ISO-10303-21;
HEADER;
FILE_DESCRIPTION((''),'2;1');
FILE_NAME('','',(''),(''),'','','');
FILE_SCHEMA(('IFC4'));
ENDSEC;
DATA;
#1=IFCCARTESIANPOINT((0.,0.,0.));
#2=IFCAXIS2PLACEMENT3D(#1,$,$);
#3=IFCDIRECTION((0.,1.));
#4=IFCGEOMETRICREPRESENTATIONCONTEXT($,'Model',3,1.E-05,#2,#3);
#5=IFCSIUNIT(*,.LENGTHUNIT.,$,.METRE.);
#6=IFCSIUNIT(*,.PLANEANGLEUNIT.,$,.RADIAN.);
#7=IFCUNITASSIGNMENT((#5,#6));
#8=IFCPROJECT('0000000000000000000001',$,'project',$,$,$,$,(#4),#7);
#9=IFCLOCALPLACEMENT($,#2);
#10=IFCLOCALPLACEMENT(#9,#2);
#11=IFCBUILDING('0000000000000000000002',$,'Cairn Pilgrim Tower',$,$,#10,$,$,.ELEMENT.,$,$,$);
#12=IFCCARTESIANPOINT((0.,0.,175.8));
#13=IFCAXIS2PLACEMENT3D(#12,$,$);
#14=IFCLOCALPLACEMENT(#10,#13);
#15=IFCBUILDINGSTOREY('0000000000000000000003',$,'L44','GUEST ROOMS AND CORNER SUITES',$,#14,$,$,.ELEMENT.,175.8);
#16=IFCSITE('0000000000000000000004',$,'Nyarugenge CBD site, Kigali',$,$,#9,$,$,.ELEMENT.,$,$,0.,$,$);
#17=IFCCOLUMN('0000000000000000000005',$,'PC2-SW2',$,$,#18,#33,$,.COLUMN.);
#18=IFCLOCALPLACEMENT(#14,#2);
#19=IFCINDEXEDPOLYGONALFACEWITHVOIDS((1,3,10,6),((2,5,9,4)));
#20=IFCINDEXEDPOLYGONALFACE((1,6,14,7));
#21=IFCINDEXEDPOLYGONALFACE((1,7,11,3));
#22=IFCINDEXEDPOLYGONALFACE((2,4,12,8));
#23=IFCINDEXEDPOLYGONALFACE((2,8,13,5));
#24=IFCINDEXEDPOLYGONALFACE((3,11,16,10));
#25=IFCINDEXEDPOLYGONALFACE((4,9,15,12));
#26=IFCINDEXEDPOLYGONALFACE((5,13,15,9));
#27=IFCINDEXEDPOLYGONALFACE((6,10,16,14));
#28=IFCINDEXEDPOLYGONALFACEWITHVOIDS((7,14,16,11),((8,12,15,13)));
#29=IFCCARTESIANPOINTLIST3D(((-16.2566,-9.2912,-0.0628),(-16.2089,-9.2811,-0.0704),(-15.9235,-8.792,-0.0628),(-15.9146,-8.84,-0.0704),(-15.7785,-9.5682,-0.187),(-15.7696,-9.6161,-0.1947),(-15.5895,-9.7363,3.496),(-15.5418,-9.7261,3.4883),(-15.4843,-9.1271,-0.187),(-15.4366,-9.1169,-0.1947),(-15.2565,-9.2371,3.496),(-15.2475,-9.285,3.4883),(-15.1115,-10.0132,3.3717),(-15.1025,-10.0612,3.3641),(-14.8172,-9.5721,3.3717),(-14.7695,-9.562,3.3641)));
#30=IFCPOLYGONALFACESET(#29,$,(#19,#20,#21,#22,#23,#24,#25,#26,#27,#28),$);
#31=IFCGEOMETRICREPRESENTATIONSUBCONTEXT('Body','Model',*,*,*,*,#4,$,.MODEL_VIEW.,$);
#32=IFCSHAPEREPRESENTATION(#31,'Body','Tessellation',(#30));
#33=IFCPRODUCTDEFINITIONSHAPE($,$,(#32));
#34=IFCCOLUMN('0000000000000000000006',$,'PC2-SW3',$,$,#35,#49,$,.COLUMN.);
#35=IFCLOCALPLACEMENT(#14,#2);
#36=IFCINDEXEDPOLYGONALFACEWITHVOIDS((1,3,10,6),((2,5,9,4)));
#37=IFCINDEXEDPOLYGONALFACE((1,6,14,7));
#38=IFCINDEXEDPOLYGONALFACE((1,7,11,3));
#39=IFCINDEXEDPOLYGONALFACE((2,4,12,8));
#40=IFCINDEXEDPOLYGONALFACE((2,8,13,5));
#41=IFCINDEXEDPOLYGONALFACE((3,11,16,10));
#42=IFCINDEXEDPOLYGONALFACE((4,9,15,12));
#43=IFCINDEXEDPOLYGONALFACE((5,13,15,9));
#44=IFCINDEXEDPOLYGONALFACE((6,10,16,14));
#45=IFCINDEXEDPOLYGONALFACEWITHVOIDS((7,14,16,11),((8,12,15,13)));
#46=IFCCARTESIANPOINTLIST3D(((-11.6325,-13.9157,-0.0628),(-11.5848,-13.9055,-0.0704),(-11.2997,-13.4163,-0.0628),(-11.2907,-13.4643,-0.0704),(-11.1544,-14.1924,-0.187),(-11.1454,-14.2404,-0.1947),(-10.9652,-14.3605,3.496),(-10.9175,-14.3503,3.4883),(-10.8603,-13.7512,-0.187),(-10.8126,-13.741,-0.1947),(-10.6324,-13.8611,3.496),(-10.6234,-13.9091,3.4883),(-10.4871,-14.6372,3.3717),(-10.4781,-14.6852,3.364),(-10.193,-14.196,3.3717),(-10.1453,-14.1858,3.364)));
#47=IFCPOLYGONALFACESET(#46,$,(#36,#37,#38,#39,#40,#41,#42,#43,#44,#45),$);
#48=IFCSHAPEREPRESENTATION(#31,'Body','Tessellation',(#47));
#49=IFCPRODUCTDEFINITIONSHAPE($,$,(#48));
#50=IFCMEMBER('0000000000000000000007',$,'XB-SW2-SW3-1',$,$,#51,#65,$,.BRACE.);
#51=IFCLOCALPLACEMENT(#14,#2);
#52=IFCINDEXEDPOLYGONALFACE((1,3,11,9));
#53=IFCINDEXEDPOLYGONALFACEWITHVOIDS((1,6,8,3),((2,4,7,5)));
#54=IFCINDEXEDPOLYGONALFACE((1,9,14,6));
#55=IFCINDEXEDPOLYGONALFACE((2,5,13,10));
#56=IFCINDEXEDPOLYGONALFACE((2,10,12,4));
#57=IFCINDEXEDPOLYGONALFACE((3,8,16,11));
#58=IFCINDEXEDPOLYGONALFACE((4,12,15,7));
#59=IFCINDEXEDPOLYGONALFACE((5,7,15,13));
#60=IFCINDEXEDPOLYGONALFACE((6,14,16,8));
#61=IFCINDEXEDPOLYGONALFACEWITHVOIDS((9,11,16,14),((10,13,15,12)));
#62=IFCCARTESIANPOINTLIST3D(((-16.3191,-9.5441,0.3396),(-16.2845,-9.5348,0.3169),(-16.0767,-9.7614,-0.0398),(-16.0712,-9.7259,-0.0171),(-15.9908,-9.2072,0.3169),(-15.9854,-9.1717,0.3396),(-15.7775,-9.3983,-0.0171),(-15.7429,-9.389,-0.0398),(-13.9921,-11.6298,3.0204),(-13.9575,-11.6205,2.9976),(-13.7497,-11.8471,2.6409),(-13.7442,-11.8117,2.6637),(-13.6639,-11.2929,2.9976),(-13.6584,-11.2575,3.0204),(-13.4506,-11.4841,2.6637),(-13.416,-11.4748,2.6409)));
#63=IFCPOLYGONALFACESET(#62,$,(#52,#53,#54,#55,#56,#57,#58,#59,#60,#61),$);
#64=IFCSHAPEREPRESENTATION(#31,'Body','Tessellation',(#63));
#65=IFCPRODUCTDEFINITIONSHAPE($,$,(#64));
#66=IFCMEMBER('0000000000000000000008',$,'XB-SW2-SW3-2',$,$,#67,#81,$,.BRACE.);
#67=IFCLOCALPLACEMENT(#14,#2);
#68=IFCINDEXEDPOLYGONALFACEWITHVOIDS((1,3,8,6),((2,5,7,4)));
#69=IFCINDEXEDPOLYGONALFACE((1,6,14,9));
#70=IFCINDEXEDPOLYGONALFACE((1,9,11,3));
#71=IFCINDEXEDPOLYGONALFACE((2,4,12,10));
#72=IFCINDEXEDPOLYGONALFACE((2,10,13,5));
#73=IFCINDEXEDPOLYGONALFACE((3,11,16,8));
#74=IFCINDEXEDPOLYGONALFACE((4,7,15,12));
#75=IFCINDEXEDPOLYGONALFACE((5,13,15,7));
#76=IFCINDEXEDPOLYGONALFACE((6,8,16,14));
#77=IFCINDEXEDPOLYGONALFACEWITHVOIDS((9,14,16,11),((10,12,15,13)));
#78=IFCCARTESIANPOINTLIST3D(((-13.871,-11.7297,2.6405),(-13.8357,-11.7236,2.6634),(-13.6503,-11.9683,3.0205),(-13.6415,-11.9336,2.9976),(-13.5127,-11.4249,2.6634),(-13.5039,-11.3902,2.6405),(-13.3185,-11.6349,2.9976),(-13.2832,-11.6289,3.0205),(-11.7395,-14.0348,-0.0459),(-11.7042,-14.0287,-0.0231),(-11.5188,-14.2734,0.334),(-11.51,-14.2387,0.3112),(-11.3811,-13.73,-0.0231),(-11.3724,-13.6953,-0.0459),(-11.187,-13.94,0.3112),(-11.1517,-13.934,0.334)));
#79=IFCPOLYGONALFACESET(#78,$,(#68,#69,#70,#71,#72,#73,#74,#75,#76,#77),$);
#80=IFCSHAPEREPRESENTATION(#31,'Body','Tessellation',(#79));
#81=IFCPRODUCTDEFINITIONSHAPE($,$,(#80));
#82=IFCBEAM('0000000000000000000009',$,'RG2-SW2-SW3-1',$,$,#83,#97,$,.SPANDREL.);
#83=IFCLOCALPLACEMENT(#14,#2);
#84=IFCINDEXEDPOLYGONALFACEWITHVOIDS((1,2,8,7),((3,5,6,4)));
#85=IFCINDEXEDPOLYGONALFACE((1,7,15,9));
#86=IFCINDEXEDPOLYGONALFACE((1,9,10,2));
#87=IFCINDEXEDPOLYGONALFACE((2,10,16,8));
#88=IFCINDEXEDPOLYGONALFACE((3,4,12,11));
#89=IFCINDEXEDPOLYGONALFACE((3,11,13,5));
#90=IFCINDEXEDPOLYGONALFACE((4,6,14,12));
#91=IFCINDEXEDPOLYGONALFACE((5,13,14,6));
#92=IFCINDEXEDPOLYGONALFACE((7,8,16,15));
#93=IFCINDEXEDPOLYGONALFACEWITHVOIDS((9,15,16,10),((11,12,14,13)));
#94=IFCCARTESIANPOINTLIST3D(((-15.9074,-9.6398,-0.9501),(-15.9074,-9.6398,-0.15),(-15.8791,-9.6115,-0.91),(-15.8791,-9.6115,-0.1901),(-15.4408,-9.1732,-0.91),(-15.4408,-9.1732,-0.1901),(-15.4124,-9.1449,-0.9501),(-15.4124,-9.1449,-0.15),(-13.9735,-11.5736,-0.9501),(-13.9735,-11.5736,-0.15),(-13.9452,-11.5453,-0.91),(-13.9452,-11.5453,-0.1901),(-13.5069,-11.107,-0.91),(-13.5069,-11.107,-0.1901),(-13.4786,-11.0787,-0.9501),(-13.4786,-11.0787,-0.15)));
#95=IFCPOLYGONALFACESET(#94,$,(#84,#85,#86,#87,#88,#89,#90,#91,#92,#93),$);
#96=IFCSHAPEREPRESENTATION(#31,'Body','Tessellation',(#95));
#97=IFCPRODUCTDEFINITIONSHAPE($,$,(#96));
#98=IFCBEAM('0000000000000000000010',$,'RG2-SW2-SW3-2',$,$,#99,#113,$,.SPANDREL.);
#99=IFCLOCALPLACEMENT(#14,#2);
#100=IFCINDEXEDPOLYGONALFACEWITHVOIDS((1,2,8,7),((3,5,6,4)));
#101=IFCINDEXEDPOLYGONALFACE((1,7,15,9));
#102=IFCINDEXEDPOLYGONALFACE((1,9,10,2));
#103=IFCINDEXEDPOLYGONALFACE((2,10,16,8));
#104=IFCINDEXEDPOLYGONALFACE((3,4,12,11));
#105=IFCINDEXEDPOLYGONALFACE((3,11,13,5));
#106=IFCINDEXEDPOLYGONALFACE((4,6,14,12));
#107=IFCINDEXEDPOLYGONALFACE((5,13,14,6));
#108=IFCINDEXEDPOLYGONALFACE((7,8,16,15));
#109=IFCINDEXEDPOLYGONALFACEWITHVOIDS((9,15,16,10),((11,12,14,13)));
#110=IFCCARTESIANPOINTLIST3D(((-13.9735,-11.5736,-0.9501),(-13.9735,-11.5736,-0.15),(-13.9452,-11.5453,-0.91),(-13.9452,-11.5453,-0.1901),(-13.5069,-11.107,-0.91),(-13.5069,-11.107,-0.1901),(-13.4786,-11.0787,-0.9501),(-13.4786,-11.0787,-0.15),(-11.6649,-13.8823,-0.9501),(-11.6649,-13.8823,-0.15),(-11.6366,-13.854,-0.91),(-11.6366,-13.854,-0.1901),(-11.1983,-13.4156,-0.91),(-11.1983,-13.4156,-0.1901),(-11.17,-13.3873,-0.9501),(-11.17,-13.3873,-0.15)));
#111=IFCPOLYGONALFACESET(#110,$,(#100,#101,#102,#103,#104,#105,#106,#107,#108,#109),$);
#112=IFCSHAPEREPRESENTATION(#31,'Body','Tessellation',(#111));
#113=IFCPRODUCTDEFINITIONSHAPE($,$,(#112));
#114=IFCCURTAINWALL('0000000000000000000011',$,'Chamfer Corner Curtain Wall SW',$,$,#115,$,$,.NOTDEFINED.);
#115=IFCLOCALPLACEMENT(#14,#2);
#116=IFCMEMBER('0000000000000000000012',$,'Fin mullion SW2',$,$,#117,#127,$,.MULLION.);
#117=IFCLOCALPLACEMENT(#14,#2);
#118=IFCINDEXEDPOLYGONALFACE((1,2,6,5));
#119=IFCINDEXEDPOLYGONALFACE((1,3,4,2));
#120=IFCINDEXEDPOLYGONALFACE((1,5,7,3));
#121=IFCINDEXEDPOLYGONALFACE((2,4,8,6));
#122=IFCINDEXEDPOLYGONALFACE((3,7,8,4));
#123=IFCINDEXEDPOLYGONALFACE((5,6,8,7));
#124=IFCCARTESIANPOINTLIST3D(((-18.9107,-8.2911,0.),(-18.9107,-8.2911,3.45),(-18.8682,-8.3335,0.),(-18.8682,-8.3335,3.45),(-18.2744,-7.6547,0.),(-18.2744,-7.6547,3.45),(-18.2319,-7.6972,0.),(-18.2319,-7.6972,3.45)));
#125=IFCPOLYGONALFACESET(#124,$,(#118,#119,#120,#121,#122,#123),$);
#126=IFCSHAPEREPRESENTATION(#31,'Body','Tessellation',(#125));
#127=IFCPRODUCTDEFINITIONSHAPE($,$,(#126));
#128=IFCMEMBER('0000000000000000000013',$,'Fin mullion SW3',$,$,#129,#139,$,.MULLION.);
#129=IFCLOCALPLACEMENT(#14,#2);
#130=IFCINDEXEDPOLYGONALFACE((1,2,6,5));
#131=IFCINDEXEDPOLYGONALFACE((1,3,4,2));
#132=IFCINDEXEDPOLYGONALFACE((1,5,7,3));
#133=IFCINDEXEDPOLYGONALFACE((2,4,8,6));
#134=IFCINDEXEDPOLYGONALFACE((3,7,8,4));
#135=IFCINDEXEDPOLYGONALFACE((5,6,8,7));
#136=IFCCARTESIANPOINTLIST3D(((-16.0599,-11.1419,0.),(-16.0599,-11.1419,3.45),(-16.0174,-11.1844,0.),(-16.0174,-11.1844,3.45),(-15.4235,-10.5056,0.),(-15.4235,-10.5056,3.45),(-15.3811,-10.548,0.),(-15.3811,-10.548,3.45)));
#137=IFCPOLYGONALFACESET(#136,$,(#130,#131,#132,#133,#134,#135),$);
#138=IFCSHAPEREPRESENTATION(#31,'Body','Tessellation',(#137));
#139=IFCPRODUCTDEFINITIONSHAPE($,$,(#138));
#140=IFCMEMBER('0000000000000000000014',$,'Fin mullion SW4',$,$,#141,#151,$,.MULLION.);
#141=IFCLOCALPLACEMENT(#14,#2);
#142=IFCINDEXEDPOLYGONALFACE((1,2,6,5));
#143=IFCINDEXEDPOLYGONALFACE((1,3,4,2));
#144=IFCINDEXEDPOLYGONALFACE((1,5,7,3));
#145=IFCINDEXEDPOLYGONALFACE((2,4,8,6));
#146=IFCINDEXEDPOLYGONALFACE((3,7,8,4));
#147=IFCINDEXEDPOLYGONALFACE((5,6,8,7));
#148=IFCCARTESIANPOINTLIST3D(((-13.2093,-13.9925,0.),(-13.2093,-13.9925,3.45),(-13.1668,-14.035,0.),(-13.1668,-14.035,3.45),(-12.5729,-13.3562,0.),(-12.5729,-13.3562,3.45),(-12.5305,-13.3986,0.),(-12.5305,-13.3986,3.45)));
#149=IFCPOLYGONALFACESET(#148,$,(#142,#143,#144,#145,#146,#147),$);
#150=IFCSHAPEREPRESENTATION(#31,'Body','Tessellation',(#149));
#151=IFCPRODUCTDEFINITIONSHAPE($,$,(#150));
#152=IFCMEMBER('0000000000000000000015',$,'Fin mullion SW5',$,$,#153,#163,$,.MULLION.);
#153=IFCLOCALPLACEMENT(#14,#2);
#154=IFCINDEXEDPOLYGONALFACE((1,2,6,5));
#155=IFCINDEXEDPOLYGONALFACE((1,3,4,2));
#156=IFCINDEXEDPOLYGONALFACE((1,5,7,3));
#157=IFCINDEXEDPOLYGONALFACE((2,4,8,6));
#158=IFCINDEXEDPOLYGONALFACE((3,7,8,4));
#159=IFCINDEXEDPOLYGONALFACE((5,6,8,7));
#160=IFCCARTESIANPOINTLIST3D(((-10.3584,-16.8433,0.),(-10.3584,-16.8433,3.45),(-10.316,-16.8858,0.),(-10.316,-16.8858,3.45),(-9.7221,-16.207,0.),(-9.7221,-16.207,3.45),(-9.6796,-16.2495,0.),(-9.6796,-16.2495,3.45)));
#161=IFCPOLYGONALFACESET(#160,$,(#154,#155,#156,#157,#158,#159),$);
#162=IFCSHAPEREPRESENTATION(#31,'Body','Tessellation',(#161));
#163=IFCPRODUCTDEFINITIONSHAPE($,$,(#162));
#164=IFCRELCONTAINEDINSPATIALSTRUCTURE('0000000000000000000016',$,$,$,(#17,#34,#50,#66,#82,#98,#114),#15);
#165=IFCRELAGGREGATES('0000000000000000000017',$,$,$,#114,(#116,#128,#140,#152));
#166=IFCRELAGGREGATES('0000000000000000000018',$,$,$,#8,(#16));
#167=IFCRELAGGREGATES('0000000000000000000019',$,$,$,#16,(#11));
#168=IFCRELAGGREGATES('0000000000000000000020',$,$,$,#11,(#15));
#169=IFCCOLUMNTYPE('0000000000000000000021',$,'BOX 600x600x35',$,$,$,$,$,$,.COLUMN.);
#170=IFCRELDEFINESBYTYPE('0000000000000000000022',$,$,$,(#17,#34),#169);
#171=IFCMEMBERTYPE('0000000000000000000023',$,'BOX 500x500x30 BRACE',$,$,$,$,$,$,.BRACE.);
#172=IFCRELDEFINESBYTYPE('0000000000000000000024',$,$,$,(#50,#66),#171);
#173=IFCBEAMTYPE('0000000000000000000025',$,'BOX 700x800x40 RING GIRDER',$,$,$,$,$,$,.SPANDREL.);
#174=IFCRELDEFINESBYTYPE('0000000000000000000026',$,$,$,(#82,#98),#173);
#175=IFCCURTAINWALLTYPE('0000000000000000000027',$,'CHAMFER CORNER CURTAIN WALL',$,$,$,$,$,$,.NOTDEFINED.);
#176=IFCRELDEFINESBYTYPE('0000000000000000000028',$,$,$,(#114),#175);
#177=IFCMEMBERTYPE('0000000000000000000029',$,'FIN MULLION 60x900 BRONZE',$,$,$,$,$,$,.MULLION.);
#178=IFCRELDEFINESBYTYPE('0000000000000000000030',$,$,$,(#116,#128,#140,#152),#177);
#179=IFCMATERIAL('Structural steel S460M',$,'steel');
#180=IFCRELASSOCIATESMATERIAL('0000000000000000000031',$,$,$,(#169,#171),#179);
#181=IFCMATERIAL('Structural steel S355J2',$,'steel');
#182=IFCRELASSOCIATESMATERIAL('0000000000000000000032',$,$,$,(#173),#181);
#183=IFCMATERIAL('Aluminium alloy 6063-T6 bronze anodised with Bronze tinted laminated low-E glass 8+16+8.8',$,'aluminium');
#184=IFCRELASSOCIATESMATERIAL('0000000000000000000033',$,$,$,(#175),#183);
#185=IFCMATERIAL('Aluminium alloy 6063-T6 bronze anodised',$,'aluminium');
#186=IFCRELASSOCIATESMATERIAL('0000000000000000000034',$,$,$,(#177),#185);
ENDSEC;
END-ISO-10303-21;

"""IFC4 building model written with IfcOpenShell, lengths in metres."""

from ifc_helpers import new_model, si_unit, direction, frame, origin, origin_2d, place, context, subcontext, project, spatial, rectangle, hollow_rectangle, extrude, clip, halfspace, material, material_profile, profile_set, type_object, element, aggregate, save


model = new_model("IFC4")

# Units and contexts
model_context = context("Model", 3, precision=1e-05, world=origin(), true_north=direction((0.0, 1.0)))
body_context = subcontext(model_context, "Body", "Model", "MODEL_VIEW")
ifc_project = project(units=[si_unit("LENGTHUNIT", "METRE"), si_unit("PLANEANGLEUNIT", "RADIAN")], contexts=[model_context])

# Site, building, storey
site_placement = place(None, origin())
site = spatial("IfcSite", under=ifc_project, at=site_placement, Name="Nyarugenge CBD site, Kigali", CompositionType="ELEMENT", RefElevation=0.0)
building_placement = place(site_placement, origin())
building = spatial("IfcBuilding", under=site, at=building_placement, Name="Cairn Pilgrim Tower", CompositionType="ELEMENT")
storey_placement = place(building_placement, frame((0.0, 0.0, 175.8)))
storey = spatial("IfcBuildingStorey", under=building, at=storey_placement, Name="L44", Description="GUEST ROOMS AND CORNER SUITES", CompositionType="ELEMENT", Elevation=175.8)

# Columns
ifc_material_1 = material(Name="Structural steel S460M", Category="steel")
ifc_material_profile_1 = material_profile(ifc_material_1, hollow_rectangle(XDim=0.6001, YDim=0.6001, WallThickness=0.0349, at=origin_2d()), Name="BOX 600x600x35")
ifc_profile_set_1 = profile_set([ifc_material_profile_1], Name="Structural steel S460M")
column_type = type_object("IfcColumnType", Name="BOX 600x600x35", PredefinedType="COLUMN", material=ifc_profile_set_1)
for number, where, z_axis, x_axis, name in (
    (1, (-15.8506, -9.2014, -0.1501), (0.182856, -0.121992, 0.975542), (0.554978, 0.831865, 0.0), "PC2-SW2"),
    (2, (-11.2266, -13.8257, -0.1501), (0.182922, -0.121926, 0.975538), (0.554631, 0.832097, 0.0), "PC2-SW3"),
):
    element("IfcColumn", number, at=place(storey_placement, frame(where, z_axis=z_axis, x_axis=x_axis)), inside=storey, type_object=column_type, Name=name, PredefinedType="COLUMN", context=body_context, shape_type="Clipping", body=[
        clip(clip(extrude(hollow_rectangle(XDim=0.6001, YDim=0.6001, WallThickness=0.0349, at=origin_2d()), origin(), (0.0, 0.0, 1.0), 3.6904), halfspace(frame((0.0, 0.0, 0.022), z_axis=(0.0, 0.0, 1.0), x_axis=(1.0, 0.0, 0.0)), True)), halfspace(frame((0.0, 0.0, 3.6699), z_axis=(0.0, 0.0, 1.0), x_axis=(1.0, 0.0, 0.0)), False)),
    ])

# Members
ifc_material_profile_2 = material_profile(ifc_material_1, hollow_rectangle(XDim=0.5, YDim=0.5, WallThickness=0.03, at=origin_2d()), Name="BOX 500x500x30")
ifc_profile_set_2 = profile_set([ifc_material_profile_2], Name="Structural steel S460M")
member_type_1 = type_object("IfcMemberType", Name="BOX 500x500x30 BRACE", PredefinedType="BRACE", material=ifc_profile_set_2)
member_1_placement = place(storey_placement, frame((-16.031, -9.4666, 0.1499), z_axis=(0.56518, -0.506592, 0.651104), x_axis=(0.667457, 0.744648, 0.0)))
element("IfcMember", 3, at=member_1_placement, inside=storey, type_object=member_type_1, Name="XB-SW2-SW3-1", PredefinedType="BRACE", context=body_context, shape_type="SweptSolid", body=[
    extrude(hollow_rectangle(XDim=0.5, YDim=0.5, WallThickness=0.03, at=origin_2d()), origin(), (0.0, 0.0, 1.0), 4.1172),
])
member_2_placement = place(storey_placement, frame((-11.4456, -13.9844, 0.144), z_axis=(-0.515851, 0.557859, 0.650146), x_axis=(-0.73421, -0.678923, 0.0)))
element("IfcMember", 4, at=member_2_placement, inside=storey, type_object=member_type_1, Name="XB-SW2-SW3-2", PredefinedType="BRACE", context=body_context, shape_type="SweptSolid", body=[
    extrude(hollow_rectangle(XDim=0.5, YDim=0.5, WallThickness=0.03, at=origin_2d()), origin(), (0.0, 0.0, 1.0), 4.1321),
])

# Beams
ifc_material_2 = material(Name="Structural steel S355J2", Category="steel")
ifc_material_profile_3 = material_profile(ifc_material_2, hollow_rectangle(XDim=0.7, YDim=0.8, WallThickness=0.04, at=origin_2d()), Name="BOX 700x800x40")
ifc_profile_set_3 = profile_set([ifc_material_profile_3], Name="Structural steel S355J2")
beam_type_1 = type_object("IfcBeamType", Name="BOX 700x800x40 RING GIRDER", PredefinedType="SPANDREL", material=ifc_profile_set_3)
beam_1_placement = place(storey_placement, frame((-15.6599, -9.3923, -0.55), z_axis=(0.707107, -0.707107, 0.0), x_axis=(0.707107, 0.707107, 0.0)))
element("IfcBeam", 5, at=beam_1_placement, inside=storey, type_object=beam_type_1, Name="RG2-SW2-SW3-1", PredefinedType="SPANDREL", context=body_context, shape_type="SweptSolid", body=[
    extrude(hollow_rectangle(XDim=0.7, YDim=0.8, WallThickness=0.04, at=origin_2d()), origin(), (0.0, 0.0, 1.0), 2.7349),
])
beam_2_placement = place(storey_placement, frame((-13.7261, -11.3262, -0.55), z_axis=(0.707107, -0.707107, 0.0), x_axis=(0.707107, 0.707107, 0.0)))
element("IfcBeam", 6, at=beam_2_placement, inside=storey, type_object=beam_type_1, Name="RG2-SW2-SW3-2", PredefinedType="SPANDREL", context=body_context, shape_type="SweptSolid", body=[
    extrude(hollow_rectangle(XDim=0.7, YDim=0.8, WallThickness=0.04, at=origin_2d()), origin(), (0.0, 0.0, 1.0), 3.2649),
])

# Curtain wall, members
ifc_material_3 = material(Name="Aluminium alloy 6063-T6 bronze anodised with Bronze tinted laminated low-E glass 8+16+8.8", Category="aluminium")
curtain_wall_type = type_object("IfcCurtainWallType", Name="CHAMFER CORNER CURTAIN WALL", PredefinedType="NOTDEFINED", material=ifc_material_3)
curtain_wall_placement = place(storey_placement, origin())
curtain_wall = element("IfcCurtainWall", 7, at=curtain_wall_placement, inside=storey, type_object=curtain_wall_type, Name="Chamfer Corner Curtain Wall SW", PredefinedType="NOTDEFINED")
ifc_material_4 = material(Name="Aluminium alloy 6063-T6 bronze anodised", Category="aluminium")
ifc_material_profile_4 = material_profile(ifc_material_4, rectangle(XDim=0.8999, YDim=0.0601, at=origin_2d()), Name="FIN MULLION 60x900 BRONZE")
ifc_profile_set_4 = profile_set([ifc_material_profile_4], Name="Aluminium alloy 6063-T6 bronze anodised")
member_type_2 = type_object("IfcMemberType", Name="FIN MULLION 60x900 BRONZE", PredefinedType="MULLION", material=ifc_profile_set_4)
member_3_placement = place(storey_placement, frame((-18.5713, -7.9941, 0.0), z_axis=(0.0, 0.0, 1.0), x_axis=(-0.707107, -0.707107, 0.0)))
member_3 = element("IfcMember", 8, at=member_3_placement, type_object=member_type_2, Name="Fin mullion SW2", PredefinedType="MULLION", context=body_context, shape_type="SweptSolid", body=[
    extrude(rectangle(XDim=0.8999, YDim=0.0601, at=origin_2d()), origin(), (0.0, 0.0, 1.0), 3.45),
])
member_4_placement = place(storey_placement, frame((-15.7205, -10.845, 0.0), z_axis=(0.0, 0.0, 1.0), x_axis=(-0.707107, -0.707107, 0.0)))
member_4 = element("IfcMember", 9, at=member_4_placement, type_object=member_type_2, Name="Fin mullion SW3", PredefinedType="MULLION", context=body_context, shape_type="SweptSolid", body=[
    extrude(rectangle(XDim=0.8999, YDim=0.0601, at=origin_2d()), origin(), (0.0, 0.0, 1.0), 3.45),
])
member_5_placement = place(storey_placement, frame((-12.8699, -13.6956, 0.0), z_axis=(0.0, 0.0, 1.0), x_axis=(-0.707107, -0.707107, 0.0)))
member_5 = element("IfcMember", 10, at=member_5_placement, type_object=member_type_2, Name="Fin mullion SW4", PredefinedType="MULLION", context=body_context, shape_type="SweptSolid", body=[
    extrude(rectangle(XDim=0.8999, YDim=0.0601, at=origin_2d()), origin(), (0.0, 0.0, 1.0), 3.45),
])
member_6_placement = place(storey_placement, frame((-10.019, -16.5464, 0.0), z_axis=(0.0, 0.0, 1.0), x_axis=(-0.707107, -0.707107, 0.0)))
member_6 = element("IfcMember", 11, at=member_6_placement, type_object=member_type_2, Name="Fin mullion SW5", PredefinedType="MULLION", context=body_context, shape_type="SweptSolid", body=[
    extrude(rectangle(XDim=0.8999, YDim=0.0601, at=origin_2d()), origin(), (0.0, 0.0, 1.0), 3.45),
])

aggregate(curtain_wall, [member_3, member_4, member_5, member_6])

save(model, "model.ifc")
